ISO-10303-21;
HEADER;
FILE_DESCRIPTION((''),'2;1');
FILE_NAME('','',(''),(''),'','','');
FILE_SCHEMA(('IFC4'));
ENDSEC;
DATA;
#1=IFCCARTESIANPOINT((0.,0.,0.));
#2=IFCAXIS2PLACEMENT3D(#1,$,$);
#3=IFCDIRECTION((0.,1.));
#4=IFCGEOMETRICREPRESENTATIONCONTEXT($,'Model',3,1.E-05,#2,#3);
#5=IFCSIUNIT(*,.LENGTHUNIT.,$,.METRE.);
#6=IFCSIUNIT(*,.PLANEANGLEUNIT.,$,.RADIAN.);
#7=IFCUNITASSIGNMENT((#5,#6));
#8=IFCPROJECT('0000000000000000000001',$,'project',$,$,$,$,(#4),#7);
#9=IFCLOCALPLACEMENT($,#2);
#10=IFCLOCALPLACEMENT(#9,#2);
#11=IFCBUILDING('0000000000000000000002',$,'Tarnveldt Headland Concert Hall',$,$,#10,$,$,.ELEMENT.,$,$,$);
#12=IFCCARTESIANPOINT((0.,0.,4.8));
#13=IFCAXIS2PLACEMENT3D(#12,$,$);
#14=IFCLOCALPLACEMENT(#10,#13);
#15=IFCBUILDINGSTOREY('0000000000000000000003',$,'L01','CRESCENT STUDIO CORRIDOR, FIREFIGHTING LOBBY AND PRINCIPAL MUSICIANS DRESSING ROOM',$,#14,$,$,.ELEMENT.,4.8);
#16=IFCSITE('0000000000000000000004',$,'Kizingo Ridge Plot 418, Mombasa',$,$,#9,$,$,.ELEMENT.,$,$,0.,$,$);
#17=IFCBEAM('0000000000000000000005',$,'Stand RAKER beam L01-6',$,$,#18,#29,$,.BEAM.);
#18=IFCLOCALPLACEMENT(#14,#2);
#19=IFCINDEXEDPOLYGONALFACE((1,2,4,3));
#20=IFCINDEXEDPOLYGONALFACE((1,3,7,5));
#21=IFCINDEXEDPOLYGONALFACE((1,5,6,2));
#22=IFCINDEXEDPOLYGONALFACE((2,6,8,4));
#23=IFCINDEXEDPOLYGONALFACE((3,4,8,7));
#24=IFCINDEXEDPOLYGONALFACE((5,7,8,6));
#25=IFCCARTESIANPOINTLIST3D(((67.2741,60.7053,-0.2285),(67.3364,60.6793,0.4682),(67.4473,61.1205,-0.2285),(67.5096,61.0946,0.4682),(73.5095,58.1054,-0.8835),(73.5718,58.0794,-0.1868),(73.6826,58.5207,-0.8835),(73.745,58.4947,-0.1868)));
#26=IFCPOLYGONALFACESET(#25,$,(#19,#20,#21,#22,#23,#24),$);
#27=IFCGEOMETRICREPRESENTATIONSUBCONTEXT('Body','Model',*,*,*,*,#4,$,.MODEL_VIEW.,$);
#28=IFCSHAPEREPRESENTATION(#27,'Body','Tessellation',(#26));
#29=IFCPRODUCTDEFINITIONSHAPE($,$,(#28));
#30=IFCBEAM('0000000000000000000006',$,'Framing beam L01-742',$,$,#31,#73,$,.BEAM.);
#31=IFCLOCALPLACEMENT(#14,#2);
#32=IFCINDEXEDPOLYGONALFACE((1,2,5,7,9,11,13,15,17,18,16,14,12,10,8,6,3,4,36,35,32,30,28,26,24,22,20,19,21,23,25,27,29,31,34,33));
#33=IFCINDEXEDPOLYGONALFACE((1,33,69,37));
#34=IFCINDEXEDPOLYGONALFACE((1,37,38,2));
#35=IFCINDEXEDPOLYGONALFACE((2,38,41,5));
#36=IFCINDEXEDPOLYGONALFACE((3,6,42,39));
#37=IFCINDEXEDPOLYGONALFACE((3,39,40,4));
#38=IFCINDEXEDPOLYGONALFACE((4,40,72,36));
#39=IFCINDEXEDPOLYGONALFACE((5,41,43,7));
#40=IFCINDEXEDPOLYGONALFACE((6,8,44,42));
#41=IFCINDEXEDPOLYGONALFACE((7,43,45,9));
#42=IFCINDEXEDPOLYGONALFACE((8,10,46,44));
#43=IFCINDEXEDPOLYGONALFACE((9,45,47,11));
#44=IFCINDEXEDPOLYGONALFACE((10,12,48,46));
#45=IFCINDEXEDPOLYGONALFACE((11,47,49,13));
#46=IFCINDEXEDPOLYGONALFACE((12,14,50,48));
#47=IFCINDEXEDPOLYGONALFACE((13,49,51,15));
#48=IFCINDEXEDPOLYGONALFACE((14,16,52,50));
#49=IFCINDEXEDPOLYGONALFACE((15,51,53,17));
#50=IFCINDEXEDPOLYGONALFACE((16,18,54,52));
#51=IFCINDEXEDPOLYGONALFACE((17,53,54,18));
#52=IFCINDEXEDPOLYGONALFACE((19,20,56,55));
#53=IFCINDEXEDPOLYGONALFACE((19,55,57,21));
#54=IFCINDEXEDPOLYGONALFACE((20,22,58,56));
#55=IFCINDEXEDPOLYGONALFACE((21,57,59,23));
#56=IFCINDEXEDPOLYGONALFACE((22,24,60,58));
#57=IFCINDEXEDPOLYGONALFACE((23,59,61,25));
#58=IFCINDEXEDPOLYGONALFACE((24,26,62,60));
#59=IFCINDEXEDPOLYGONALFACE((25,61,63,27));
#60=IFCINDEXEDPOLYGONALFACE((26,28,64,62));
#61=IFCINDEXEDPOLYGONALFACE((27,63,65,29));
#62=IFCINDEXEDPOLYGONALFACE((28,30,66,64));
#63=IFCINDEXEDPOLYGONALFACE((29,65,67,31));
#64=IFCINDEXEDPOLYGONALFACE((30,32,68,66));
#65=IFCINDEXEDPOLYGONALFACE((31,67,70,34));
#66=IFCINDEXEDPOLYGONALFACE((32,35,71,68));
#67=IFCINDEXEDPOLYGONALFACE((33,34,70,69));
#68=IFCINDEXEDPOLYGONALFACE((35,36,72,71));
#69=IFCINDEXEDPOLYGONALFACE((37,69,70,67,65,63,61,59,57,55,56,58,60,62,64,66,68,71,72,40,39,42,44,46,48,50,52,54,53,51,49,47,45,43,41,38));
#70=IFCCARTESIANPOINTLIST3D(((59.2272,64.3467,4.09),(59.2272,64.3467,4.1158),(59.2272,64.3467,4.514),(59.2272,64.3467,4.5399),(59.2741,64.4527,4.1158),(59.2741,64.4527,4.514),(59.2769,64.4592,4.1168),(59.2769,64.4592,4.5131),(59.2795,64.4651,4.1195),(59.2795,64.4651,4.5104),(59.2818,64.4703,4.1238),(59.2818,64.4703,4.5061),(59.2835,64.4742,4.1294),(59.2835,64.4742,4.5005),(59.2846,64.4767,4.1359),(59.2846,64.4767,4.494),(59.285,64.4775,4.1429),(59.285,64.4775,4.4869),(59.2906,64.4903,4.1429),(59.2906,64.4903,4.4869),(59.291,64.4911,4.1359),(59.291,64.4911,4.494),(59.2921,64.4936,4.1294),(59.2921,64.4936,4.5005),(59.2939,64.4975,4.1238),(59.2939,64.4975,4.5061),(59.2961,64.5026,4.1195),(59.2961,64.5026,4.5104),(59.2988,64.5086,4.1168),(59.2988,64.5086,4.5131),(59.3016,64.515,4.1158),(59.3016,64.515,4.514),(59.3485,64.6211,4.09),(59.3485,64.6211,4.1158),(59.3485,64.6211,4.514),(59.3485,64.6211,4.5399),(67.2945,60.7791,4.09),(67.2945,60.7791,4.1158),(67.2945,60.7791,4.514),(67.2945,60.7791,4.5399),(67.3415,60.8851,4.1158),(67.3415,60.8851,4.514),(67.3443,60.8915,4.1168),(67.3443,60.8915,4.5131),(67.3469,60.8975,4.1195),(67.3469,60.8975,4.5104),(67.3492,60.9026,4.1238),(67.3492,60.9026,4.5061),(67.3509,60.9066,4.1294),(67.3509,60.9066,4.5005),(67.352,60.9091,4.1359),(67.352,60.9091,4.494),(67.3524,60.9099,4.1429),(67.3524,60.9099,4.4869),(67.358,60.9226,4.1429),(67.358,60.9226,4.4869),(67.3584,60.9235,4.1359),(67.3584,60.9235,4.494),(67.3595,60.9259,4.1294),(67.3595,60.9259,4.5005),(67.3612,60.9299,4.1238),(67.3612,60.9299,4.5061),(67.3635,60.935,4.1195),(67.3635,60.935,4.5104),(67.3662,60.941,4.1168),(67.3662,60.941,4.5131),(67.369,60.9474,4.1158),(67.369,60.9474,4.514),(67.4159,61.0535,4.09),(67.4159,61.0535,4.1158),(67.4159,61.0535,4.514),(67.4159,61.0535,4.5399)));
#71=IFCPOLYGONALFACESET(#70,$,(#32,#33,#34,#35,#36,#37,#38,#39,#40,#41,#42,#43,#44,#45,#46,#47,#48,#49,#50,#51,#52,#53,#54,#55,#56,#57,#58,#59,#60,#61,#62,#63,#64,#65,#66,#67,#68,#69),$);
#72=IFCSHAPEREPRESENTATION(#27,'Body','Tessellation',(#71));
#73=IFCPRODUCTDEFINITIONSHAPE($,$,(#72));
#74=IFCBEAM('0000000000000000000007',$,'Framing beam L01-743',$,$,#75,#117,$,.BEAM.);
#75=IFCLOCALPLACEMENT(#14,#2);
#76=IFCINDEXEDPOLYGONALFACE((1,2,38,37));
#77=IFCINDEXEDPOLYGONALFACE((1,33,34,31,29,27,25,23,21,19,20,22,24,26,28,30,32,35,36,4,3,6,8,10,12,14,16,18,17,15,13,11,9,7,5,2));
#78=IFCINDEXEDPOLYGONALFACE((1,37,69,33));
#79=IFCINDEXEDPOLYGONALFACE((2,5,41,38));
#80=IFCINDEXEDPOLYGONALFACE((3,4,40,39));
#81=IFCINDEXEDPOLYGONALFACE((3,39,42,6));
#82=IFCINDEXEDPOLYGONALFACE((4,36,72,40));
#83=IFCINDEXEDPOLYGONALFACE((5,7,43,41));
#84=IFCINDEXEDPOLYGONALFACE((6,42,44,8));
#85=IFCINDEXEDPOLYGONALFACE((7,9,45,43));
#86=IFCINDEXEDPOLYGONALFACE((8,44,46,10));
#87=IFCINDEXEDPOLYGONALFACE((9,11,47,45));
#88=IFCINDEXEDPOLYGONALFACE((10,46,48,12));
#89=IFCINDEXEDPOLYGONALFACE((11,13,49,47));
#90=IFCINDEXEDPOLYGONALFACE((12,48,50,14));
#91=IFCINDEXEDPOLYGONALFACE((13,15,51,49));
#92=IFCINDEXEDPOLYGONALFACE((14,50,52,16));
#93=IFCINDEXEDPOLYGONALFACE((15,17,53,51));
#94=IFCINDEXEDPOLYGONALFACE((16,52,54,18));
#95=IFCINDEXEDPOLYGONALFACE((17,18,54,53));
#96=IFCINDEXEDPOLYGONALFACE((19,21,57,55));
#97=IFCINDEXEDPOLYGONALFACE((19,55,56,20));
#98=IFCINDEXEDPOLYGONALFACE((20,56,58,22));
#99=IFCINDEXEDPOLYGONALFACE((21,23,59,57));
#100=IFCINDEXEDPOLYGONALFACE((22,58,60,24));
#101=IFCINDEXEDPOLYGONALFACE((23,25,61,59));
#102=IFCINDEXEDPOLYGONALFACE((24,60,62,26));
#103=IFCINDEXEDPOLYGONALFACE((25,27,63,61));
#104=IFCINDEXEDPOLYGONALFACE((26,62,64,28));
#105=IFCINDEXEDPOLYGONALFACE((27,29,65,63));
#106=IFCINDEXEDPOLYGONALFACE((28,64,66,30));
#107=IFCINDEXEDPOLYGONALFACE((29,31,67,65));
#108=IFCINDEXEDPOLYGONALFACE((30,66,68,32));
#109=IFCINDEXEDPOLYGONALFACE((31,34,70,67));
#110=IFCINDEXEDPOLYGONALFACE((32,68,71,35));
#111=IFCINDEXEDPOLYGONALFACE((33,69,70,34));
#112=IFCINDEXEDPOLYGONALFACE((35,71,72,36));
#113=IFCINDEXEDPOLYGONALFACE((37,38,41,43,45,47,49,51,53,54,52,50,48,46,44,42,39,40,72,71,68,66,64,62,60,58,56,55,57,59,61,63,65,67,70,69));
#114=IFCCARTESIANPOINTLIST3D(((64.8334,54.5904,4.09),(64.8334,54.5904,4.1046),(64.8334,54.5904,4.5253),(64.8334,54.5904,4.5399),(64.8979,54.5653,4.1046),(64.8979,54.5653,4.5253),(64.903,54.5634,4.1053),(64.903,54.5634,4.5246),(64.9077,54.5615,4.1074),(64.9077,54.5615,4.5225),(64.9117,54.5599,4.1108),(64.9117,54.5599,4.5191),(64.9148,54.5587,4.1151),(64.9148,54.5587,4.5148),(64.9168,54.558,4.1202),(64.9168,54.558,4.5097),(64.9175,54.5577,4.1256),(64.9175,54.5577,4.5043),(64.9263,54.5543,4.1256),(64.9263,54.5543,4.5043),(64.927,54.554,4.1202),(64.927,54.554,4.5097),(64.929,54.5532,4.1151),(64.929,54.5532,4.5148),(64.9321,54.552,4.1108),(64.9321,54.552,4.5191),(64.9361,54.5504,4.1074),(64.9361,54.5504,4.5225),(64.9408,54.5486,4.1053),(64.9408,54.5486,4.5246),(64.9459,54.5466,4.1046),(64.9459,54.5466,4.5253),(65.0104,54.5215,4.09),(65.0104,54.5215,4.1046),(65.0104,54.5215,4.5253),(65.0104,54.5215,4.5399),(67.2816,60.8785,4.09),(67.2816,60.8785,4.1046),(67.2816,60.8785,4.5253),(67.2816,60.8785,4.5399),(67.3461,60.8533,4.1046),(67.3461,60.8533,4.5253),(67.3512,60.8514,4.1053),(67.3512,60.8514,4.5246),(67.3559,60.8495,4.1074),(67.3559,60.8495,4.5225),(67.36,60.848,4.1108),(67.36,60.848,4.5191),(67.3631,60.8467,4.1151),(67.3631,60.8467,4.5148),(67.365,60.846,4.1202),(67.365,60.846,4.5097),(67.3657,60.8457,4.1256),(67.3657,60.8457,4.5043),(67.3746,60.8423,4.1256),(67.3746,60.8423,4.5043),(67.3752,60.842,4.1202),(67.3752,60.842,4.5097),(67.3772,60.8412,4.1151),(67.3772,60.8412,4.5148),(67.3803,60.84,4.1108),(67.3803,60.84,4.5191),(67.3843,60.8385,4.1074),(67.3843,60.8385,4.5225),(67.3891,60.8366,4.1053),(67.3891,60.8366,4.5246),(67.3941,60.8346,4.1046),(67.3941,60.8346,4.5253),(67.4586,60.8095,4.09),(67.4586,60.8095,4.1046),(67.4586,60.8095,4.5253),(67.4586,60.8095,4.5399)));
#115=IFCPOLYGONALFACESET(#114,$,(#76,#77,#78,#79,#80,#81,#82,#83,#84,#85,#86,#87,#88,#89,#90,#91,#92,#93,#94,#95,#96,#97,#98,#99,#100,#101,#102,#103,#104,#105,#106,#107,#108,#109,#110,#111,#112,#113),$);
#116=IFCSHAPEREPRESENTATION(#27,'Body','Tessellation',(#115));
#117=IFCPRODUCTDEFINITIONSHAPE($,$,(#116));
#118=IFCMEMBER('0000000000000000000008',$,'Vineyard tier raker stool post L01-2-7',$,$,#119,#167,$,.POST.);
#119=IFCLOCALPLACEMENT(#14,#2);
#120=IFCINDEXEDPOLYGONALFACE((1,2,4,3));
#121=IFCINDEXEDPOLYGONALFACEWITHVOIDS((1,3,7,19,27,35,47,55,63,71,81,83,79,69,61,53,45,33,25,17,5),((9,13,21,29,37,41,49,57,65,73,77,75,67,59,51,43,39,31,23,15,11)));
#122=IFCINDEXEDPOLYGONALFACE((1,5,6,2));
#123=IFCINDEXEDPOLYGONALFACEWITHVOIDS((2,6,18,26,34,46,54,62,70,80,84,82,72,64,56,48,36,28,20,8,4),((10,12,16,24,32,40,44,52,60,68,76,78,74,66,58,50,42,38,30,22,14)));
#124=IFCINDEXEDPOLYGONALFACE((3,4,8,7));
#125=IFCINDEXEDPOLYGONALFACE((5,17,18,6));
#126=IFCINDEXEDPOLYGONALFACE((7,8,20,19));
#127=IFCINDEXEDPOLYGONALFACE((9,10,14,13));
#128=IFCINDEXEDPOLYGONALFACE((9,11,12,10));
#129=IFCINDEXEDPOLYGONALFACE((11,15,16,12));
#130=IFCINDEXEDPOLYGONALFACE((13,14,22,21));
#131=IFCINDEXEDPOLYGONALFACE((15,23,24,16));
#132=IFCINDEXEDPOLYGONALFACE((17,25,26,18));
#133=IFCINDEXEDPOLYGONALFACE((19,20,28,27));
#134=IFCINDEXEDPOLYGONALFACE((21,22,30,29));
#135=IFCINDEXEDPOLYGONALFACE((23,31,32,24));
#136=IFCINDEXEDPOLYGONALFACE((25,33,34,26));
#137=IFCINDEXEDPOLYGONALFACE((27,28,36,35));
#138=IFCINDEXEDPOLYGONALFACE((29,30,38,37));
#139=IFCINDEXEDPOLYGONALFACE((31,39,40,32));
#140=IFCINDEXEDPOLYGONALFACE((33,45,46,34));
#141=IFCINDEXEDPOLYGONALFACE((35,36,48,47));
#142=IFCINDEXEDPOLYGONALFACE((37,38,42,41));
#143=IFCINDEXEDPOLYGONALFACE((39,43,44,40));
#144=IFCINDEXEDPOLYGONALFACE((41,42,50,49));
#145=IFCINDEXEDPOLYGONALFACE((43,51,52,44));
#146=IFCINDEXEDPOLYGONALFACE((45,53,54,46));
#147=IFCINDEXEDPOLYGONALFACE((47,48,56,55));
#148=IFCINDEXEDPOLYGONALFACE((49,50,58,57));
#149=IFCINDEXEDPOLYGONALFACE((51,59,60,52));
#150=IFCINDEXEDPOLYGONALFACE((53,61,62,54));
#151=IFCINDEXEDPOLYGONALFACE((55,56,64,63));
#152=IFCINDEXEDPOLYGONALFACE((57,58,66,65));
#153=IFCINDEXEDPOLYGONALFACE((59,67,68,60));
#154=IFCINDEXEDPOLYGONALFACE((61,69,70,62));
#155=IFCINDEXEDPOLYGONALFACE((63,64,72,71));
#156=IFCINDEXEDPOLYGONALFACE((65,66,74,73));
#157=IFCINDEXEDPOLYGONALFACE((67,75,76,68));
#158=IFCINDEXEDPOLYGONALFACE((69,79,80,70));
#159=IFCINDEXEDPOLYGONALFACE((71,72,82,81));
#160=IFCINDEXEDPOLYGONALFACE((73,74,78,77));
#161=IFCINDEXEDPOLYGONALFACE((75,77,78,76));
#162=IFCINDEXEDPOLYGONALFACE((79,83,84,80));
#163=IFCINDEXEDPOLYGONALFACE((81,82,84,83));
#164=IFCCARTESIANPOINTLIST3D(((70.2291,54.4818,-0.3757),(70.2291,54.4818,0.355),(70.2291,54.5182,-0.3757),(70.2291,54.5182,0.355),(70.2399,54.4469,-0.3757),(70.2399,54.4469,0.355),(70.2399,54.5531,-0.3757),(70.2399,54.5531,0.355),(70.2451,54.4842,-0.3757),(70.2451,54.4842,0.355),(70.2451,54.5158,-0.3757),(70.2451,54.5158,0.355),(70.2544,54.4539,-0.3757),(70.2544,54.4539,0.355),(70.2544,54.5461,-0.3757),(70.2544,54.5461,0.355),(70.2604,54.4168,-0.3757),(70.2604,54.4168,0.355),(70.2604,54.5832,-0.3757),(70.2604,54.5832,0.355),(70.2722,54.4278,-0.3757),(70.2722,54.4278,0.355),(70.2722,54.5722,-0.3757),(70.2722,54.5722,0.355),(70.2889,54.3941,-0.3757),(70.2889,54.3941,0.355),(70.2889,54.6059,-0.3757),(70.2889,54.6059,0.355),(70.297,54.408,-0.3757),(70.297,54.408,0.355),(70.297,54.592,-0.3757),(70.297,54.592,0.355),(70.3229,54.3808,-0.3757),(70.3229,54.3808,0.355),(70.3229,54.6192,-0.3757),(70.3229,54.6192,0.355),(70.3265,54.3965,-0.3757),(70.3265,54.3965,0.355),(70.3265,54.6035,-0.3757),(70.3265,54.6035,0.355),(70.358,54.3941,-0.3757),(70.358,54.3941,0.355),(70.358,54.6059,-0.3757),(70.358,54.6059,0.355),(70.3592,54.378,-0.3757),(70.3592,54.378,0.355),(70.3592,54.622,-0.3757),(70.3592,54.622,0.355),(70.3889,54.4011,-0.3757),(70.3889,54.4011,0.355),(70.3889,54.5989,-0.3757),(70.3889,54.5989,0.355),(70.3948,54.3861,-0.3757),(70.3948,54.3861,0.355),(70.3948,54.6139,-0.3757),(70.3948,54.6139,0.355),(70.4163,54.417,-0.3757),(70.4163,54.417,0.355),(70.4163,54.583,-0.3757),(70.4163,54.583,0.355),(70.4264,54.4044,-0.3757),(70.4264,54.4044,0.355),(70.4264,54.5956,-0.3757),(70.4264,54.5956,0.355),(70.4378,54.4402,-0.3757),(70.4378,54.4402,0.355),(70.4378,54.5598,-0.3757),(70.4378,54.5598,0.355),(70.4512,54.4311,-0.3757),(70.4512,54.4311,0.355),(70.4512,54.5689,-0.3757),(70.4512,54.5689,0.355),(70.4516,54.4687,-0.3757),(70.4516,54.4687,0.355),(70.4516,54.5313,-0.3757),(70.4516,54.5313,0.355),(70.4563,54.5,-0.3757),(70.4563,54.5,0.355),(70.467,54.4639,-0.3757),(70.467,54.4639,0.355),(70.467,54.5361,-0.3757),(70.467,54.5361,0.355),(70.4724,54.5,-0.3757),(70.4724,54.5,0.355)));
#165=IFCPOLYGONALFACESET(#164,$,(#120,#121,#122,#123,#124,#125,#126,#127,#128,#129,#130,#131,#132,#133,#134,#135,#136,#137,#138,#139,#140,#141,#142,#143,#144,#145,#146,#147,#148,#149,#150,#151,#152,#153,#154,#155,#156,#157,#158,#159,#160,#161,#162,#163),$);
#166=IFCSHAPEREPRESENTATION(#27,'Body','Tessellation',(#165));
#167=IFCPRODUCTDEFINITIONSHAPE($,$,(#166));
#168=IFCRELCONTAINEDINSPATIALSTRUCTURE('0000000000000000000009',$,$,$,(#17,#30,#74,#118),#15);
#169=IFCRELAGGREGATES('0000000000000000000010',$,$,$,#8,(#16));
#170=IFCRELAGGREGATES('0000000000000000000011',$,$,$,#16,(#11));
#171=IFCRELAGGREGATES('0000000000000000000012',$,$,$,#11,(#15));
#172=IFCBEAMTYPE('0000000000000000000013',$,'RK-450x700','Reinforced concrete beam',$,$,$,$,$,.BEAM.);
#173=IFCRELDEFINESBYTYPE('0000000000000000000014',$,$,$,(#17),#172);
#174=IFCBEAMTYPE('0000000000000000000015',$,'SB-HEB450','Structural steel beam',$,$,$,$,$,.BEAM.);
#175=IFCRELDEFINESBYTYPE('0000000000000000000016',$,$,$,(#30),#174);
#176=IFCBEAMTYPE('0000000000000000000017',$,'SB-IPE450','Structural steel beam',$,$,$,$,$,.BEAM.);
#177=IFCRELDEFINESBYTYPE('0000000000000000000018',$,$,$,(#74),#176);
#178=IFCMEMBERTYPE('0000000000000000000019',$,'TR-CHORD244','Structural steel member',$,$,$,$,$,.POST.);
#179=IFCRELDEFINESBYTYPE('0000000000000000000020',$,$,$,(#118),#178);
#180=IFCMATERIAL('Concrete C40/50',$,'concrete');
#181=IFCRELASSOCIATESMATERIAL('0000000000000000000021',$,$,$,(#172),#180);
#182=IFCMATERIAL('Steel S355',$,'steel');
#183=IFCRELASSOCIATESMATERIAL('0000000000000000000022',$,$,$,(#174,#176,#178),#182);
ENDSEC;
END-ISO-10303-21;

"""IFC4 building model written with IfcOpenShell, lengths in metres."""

from ifc_helpers import new_model, si_unit, direction, frame, origin, origin_2d, place, context, subcontext, project, spatial, rectangle, hollow_circle, i_section, extrude, material, material_profile, profile_set, type_object, element, save


model = new_model("IFC4")

# Units and contexts
model_context = context("Model", 3, precision=1e-05, world=origin(), true_north=direction((0.0, 1.0)))
body_context = subcontext(model_context, "Body", "Model", "MODEL_VIEW")
ifc_project = project(units=[si_unit("LENGTHUNIT", "METRE"), si_unit("PLANEANGLEUNIT", "RADIAN")], contexts=[model_context])

# Site, building, storey
site_placement = place(None, origin())
site = spatial("IfcSite", under=ifc_project, at=site_placement, Name="Kizingo Ridge Plot 418, Mombasa", CompositionType="ELEMENT", RefElevation=0.0)
building_placement = place(site_placement, origin())
building = spatial("IfcBuilding", under=site, at=building_placement, Name="Tarnveldt Headland Concert Hall", CompositionType="ELEMENT")
storey_placement = place(building_placement, frame((0.0, 0.0, 4.8)))
storey = spatial("IfcBuildingStorey", under=building, at=storey_placement, Name="L01", Description="CRESCENT STUDIO CORRIDOR, FIREFIGHTING LOBBY AND PRINCIPAL MUSICIANS DRESSING ROOM", CompositionType="ELEMENT", Elevation=4.8)

# Shared definitions
ifc_material_1 = material(Name="Concrete C40/50", Category="concrete")

# Beams
ifc_material_profile_1 = material_profile(ifc_material_1, rectangle(XDim=0.45, YDim=0.7, at=origin_2d()), Name="RAKER RC 450x700", Category="concrete")
ifc_profile_set_1 = profile_set([ifc_material_profile_1], Name="Concrete C40/50")
beam_type_1 = type_object("IfcBeamType", Name="RK-450x700", Description="Reinforced concrete beam", PredefinedType="BEAM", material=ifc_profile_set_1)
beam_1_placement = place(storey_placement, frame((67.3918, 60.8999, 0.1199), z_axis=(0.918675, -0.383045, -0.096508), x_axis=(0.384841, 0.922983, 0.0)))
element("IfcBeam", 1, at=beam_1_placement, inside=storey, type_object=beam_type_1, Name="Stand RAKER beam L01-6", PredefinedType="BEAM", context=body_context, shape_type="SweptSolid", body=[
    extrude(rectangle(XDim=0.45, YDim=0.7, at=origin_2d()), origin(), (0.0, 0.0, 1.0), 6.7874),
])
ifc_material_2 = material(Name="Steel S355", Category="steel")
ifc_material_profile_2 = material_profile(ifc_material_2, i_section(OverallWidth=0.3, OverallDepth=0.45, WebThickness=0.0139, FlangeThickness=0.0259, FilletRadius=0.0271, at=origin_2d()), Name="HEB450", Category="steel")
ifc_profile_set_2 = profile_set([ifc_material_profile_2], Name="Steel S355")
beam_type_2 = type_object("IfcBeamType", Name="SB-HEB450", Description="Structural steel beam", PredefinedType="BEAM", material=ifc_profile_set_2)
beam_2_placement = place(storey_placement, frame((67.3552, 60.9163, 4.3149), z_axis=(-0.914562, 0.404445, 0.0), x_axis=(-0.404445, -0.914562, 0.0)))
element("IfcBeam", 2, at=beam_2_placement, inside=storey, type_object=beam_type_2, Name="Framing beam L01-742", PredefinedType="BEAM", context=body_context, shape_type="SweptSolid", body=[
    extrude(i_section(OverallWidth=0.3, OverallDepth=0.45, WebThickness=0.0139, FlangeThickness=0.0259, FilletRadius=0.0271, at=origin_2d()), origin(), (0.0, 0.0, 1.0), 8.821),
])
ifc_material_profile_3 = material_profile(ifc_material_2, i_section(OverallWidth=0.1899, OverallDepth=0.45, WebThickness=0.0095, FlangeThickness=0.0146, FilletRadius=0.021, at=origin_2d()), Name="IPE450", Category="steel")
ifc_profile_set_3 = profile_set([ifc_material_profile_3], Name="Steel S355")
beam_type_3 = type_object("IfcBeamType", Name="SB-IPE450", Description="Structural steel beam", PredefinedType="BEAM", material=ifc_profile_set_3)
beam_3_placement = place(storey_placement, frame((67.3701, 60.844, 4.3149), z_axis=(-0.362816, -0.931861, 0.0), x_axis=(0.931861, -0.362816, 0.0)))
element("IfcBeam", 3, at=beam_3_placement, inside=storey, type_object=beam_type_3, Name="Framing beam L01-743", PredefinedType="BEAM", context=body_context, shape_type="SweptSolid", body=[
    extrude(i_section(OverallWidth=0.1899, OverallDepth=0.45, WebThickness=0.0095, FlangeThickness=0.0146, FilletRadius=0.021, at=origin_2d()), origin(), (0.0, 0.0, 1.0), 6.7478),
])

# Member
ifc_material_profile_4 = material_profile(ifc_material_2, hollow_circle(Radius=0.1223, WallThickness=0.0161, at=origin_2d()), Name="CHS 244.5x16", Category="steel")
ifc_profile_set_4 = profile_set([ifc_material_profile_4], Name="Steel S355")
member_type = type_object("IfcMemberType", Name="TR-CHORD244", Description="Structural steel member", PredefinedType="POST", material=ifc_profile_set_4)
member_1_placement = place(storey_placement, frame((70.3501, 54.5, -0.3757), z_axis=(0.0, 0.0, 1.0), x_axis=(1.0, 0.0, 0.0)))
element("IfcMember", 4, at=member_1_placement, inside=storey, type_object=member_type, Name="Vineyard tier raker stool post L01-2-7", PredefinedType="POST", context=body_context, shape_type="SweptSolid", body=[
    extrude(hollow_circle(Radius=0.1223, WallThickness=0.0161, at=origin_2d()), origin(), (0.0, 0.0, 1.0), 0.7307),
])

save(model, "model.ifc")
